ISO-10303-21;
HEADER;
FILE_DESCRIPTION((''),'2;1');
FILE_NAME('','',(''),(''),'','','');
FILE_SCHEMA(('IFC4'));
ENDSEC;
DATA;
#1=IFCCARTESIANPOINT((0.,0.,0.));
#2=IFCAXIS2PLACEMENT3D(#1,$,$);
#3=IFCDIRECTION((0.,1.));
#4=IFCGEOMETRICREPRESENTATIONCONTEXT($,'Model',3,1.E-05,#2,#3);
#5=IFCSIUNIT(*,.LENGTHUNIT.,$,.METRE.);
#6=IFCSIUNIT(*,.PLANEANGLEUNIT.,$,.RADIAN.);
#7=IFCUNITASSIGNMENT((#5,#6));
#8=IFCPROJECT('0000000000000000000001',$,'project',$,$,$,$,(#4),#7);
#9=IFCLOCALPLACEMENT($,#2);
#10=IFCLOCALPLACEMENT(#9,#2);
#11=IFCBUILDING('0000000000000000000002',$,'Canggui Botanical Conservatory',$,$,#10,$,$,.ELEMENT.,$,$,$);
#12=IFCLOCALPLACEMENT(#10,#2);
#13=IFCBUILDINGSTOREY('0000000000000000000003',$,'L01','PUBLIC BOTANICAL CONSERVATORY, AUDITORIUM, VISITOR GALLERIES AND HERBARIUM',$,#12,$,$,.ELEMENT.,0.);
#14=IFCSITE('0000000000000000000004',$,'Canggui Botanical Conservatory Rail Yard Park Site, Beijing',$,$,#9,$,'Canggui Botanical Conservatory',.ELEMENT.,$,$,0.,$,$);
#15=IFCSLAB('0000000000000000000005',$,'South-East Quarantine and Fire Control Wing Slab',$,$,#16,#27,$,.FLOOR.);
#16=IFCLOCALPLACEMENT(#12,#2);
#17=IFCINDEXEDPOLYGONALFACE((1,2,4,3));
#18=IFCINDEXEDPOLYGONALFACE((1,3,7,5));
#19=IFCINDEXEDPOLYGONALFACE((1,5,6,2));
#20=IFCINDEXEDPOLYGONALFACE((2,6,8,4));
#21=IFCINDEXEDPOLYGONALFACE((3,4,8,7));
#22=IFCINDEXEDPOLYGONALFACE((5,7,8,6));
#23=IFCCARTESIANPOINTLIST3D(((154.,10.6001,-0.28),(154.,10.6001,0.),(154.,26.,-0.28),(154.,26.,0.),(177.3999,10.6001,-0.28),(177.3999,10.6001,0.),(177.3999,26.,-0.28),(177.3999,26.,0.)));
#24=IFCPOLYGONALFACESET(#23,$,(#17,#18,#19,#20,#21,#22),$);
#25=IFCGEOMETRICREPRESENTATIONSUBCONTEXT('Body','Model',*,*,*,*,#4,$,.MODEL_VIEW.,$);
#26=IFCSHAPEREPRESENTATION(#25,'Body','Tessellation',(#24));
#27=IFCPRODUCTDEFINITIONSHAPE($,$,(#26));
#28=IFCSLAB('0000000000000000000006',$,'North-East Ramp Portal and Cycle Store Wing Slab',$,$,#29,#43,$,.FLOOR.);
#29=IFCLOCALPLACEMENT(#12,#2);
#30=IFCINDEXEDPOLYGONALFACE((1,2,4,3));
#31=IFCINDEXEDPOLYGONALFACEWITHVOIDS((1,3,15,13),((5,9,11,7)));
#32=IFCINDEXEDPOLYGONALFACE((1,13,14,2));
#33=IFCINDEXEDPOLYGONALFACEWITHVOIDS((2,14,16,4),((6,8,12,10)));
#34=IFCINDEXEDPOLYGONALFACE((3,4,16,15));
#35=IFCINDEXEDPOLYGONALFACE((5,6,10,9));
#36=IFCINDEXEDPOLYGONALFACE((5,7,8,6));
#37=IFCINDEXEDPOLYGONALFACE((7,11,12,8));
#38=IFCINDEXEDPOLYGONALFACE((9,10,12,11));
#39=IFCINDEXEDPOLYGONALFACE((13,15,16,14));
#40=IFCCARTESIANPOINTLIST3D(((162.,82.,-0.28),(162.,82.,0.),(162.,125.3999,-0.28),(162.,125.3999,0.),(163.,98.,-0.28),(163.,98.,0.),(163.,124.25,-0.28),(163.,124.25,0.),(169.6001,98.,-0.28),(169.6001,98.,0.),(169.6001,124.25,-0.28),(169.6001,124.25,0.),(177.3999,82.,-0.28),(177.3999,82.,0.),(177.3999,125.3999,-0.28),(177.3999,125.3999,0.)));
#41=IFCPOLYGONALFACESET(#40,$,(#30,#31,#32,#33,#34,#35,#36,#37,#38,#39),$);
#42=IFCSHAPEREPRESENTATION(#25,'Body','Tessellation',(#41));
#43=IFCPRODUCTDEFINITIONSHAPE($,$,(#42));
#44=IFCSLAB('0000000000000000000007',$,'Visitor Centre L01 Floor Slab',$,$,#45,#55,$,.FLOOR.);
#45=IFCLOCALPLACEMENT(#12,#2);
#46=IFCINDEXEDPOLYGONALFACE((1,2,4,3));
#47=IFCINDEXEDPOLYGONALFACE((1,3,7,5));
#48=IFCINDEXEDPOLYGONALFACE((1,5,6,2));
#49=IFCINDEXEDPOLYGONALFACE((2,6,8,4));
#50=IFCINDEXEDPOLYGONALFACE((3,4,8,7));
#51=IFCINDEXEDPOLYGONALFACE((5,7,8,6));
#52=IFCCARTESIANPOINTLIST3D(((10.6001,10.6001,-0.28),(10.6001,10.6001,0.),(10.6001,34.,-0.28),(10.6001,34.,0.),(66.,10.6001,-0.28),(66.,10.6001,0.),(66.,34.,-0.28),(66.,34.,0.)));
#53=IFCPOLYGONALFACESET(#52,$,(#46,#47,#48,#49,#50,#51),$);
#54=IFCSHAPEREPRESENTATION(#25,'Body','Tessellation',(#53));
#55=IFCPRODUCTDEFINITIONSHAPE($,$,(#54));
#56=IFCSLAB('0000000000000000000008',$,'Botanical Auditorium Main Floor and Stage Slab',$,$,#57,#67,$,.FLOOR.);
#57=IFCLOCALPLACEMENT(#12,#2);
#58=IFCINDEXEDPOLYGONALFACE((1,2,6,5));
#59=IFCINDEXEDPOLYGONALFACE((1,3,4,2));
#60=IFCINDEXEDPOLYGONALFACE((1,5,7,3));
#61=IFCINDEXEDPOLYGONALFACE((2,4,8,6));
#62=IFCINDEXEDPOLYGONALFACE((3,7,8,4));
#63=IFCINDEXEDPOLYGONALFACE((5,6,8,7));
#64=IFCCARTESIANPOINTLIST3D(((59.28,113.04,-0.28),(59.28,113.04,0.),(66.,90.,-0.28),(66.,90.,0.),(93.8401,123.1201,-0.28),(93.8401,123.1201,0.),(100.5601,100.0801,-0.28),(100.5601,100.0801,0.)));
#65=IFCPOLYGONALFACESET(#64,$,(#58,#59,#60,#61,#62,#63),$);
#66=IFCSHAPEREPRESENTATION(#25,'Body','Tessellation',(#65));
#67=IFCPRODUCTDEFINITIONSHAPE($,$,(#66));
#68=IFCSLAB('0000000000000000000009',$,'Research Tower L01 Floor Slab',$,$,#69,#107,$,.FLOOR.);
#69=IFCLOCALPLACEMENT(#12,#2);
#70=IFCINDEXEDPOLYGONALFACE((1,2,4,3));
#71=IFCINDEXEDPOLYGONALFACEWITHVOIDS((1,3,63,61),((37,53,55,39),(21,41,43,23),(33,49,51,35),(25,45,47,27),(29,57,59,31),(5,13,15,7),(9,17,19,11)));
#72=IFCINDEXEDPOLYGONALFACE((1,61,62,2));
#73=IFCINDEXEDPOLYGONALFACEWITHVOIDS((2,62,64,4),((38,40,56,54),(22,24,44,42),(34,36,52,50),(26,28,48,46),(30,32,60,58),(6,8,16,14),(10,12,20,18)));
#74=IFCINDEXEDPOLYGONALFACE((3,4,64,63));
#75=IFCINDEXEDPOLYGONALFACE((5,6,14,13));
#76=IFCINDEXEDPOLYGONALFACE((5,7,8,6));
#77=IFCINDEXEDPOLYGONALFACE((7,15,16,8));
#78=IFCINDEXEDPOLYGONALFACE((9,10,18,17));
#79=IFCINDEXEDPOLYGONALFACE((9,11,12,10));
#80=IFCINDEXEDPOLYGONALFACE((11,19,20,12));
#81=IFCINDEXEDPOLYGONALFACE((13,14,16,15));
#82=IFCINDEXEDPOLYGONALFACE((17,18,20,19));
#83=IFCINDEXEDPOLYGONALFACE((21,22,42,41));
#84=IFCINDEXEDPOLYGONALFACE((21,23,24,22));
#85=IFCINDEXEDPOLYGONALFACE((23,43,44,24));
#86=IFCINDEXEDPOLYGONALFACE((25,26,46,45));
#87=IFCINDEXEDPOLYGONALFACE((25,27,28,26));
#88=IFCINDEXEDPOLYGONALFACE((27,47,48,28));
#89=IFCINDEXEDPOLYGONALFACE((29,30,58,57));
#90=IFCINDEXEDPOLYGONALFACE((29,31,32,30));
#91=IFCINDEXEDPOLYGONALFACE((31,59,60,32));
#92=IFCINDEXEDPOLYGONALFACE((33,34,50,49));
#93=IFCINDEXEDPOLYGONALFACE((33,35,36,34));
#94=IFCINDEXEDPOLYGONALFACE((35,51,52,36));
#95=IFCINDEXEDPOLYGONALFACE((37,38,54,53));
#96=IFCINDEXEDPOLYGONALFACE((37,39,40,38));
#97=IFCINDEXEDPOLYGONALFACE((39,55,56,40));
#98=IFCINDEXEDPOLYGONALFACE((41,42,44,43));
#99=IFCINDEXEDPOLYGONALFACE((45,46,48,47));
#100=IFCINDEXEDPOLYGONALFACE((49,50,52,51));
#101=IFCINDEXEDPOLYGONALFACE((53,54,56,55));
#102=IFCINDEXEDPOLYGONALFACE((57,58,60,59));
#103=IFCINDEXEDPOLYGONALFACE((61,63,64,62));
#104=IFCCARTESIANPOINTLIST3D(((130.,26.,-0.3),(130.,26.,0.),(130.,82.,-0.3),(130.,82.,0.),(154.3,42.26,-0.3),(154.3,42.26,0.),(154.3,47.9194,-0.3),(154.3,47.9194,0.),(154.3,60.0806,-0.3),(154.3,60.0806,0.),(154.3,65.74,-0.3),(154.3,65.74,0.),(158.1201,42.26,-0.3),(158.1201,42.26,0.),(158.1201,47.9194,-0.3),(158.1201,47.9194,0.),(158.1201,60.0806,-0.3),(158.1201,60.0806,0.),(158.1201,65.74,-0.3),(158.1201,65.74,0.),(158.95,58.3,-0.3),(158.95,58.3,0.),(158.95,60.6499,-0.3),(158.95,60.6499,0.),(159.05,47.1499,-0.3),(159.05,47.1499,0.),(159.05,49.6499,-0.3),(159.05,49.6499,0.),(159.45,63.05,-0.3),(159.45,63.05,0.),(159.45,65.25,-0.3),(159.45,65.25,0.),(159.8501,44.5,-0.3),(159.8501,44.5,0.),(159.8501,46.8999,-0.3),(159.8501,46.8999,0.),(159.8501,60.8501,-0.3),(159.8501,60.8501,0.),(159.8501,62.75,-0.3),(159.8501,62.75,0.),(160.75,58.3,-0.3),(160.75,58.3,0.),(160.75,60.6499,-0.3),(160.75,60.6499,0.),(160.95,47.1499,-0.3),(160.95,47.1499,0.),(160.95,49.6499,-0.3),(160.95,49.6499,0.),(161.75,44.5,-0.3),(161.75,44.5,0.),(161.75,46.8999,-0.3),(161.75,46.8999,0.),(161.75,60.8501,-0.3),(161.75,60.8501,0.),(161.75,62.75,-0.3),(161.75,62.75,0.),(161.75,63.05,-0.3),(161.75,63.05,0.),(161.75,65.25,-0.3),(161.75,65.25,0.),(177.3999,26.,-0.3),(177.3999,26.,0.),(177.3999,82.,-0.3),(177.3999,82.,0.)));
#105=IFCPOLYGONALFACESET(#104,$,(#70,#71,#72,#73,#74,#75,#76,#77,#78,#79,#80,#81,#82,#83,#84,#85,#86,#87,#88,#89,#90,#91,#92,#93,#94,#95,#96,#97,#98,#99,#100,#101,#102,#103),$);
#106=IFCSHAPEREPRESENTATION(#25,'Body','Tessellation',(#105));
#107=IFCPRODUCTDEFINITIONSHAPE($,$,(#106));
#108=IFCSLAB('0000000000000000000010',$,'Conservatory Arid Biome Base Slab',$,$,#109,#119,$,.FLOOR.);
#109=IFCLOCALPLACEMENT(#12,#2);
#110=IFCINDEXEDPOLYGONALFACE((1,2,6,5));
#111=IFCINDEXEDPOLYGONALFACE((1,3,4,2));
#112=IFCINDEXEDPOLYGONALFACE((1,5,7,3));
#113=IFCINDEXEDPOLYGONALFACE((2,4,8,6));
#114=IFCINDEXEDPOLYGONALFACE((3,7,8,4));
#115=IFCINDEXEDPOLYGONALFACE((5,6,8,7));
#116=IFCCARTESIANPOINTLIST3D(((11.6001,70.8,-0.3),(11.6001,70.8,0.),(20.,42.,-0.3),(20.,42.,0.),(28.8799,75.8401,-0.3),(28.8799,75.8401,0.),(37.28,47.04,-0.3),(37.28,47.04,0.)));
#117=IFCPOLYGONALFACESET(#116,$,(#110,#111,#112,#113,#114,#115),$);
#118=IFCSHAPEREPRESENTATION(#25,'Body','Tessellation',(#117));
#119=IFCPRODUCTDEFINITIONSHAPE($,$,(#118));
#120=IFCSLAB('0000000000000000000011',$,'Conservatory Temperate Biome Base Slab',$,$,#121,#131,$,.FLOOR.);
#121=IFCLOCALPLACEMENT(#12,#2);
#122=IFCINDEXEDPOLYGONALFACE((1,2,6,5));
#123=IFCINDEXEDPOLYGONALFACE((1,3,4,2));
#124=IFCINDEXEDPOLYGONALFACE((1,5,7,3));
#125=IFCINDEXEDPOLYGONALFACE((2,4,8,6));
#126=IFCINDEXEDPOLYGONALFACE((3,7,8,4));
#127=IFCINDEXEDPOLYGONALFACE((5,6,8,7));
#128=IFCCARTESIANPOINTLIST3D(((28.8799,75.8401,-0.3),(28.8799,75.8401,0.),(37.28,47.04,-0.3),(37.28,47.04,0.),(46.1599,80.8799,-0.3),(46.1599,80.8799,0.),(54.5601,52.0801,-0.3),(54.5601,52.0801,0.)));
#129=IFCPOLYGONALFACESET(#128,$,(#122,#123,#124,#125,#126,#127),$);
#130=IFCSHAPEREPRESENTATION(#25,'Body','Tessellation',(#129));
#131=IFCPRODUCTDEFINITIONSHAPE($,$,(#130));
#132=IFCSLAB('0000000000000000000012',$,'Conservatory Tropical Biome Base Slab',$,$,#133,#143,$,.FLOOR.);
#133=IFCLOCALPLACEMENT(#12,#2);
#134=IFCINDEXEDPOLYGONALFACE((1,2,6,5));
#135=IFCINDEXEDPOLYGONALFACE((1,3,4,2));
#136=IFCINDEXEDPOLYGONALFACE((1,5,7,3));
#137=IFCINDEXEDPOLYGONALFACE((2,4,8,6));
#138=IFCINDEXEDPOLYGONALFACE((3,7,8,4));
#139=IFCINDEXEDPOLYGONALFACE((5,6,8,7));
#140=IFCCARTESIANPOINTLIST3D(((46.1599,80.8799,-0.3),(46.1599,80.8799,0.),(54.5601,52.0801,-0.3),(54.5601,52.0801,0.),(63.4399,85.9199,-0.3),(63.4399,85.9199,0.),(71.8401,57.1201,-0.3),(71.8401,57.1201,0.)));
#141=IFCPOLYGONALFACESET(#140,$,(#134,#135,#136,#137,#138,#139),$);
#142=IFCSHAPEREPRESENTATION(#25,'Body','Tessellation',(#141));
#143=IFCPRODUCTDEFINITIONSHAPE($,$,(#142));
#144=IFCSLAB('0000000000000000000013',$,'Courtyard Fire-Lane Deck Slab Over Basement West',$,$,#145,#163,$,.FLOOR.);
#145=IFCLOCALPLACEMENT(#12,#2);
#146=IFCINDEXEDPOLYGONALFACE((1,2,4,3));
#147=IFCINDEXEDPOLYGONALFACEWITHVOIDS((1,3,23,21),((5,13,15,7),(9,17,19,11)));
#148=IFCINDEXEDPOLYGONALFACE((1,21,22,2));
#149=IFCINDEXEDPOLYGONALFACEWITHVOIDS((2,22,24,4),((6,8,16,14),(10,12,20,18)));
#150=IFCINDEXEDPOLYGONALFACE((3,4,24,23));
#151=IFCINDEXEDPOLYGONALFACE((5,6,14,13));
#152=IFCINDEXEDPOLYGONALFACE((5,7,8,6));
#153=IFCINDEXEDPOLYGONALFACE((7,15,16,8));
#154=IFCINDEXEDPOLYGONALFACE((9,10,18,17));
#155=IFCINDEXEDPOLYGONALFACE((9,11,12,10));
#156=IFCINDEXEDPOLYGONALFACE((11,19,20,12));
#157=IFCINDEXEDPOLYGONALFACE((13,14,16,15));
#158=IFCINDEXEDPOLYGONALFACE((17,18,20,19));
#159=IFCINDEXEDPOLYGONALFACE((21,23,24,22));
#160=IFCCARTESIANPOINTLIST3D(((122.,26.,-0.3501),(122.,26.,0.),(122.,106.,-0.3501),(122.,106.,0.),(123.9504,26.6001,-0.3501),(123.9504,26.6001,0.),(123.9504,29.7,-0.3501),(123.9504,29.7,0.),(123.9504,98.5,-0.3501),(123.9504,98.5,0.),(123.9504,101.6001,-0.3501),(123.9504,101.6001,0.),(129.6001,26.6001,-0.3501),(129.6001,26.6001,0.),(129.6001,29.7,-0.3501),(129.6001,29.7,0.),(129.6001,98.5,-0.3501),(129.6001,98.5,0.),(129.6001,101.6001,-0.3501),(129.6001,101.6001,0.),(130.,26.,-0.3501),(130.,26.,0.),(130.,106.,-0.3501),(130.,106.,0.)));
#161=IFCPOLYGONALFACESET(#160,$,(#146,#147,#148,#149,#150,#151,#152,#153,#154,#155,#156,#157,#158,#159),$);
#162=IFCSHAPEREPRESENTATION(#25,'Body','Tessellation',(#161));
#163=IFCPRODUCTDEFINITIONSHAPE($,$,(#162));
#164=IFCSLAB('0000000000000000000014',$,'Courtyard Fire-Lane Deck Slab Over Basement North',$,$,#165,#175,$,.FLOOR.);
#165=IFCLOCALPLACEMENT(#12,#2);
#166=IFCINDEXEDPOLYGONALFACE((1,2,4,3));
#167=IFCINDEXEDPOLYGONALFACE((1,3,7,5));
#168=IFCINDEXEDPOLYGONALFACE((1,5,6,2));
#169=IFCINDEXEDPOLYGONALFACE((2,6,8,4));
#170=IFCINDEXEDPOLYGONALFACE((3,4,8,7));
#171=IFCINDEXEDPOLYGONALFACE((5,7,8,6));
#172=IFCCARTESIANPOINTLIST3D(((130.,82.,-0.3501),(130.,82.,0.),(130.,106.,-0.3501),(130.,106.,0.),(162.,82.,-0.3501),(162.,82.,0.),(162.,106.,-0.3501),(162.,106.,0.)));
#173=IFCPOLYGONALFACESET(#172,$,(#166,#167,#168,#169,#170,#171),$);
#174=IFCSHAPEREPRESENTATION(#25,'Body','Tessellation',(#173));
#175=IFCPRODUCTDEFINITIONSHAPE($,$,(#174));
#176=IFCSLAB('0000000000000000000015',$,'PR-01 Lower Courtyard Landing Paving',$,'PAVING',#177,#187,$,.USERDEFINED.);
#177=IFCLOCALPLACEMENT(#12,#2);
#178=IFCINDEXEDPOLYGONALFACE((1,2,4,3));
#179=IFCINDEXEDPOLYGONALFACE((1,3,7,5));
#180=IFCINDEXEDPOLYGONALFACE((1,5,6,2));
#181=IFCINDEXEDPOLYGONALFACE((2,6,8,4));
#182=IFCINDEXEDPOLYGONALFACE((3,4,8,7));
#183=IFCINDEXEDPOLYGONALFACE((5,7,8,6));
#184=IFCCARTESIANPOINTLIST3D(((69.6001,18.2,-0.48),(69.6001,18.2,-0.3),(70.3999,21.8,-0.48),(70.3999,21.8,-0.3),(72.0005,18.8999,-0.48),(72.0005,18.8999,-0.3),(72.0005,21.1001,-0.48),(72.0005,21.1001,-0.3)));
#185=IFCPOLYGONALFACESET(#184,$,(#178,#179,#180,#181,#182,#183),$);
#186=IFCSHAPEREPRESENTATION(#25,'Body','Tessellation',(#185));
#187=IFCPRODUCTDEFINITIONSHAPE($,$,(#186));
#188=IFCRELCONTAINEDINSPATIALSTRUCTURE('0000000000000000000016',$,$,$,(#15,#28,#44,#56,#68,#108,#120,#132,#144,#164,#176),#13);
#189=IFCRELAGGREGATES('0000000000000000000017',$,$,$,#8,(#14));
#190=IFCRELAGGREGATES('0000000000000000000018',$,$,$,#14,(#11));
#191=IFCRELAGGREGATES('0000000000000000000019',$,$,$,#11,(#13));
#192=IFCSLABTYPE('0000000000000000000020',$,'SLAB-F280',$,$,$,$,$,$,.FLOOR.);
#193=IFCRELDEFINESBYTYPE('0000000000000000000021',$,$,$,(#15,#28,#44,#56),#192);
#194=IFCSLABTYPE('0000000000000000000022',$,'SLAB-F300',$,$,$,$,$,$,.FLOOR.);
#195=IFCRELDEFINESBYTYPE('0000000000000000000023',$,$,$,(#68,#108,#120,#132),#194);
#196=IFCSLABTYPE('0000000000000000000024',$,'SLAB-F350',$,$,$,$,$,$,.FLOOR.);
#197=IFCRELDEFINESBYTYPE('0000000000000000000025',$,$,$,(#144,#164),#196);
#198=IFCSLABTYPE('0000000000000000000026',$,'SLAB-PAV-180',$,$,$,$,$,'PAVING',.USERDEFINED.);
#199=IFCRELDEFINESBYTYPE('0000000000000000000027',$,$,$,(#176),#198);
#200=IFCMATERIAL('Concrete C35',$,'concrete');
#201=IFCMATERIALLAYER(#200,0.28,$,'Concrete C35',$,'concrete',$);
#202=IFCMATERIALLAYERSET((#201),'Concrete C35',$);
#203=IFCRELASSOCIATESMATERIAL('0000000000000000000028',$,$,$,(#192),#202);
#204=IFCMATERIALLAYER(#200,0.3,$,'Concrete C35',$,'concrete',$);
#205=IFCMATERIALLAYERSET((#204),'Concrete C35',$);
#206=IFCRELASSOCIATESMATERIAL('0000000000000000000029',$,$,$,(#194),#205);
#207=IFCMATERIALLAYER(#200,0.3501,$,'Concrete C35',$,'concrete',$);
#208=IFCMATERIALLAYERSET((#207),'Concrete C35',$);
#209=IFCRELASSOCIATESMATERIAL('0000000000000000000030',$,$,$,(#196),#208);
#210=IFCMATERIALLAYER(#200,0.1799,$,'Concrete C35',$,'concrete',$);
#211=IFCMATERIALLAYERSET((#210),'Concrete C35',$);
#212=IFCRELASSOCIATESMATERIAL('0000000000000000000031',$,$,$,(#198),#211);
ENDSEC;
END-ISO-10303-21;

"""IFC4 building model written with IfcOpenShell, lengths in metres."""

from ifc_helpers import new_model, si_unit, direction, frame, origin, place, context, subcontext, project, spatial, polyline, outline, extrude, material, layer, layer_set, type_object, element, save


model = new_model("IFC4")

# Units and contexts
model_context = context("Model", 3, precision=1e-05, world=origin(), true_north=direction((0.0, 1.0)))
body_context = subcontext(model_context, "Body", "Model", "MODEL_VIEW")
ifc_project = project(units=[si_unit("LENGTHUNIT", "METRE"), si_unit("PLANEANGLEUNIT", "RADIAN")], contexts=[model_context])

# Site, building, storey
site_placement = place(None, origin())
site = spatial("IfcSite", under=ifc_project, at=site_placement, Name="Canggui Botanical Conservatory Rail Yard Park Site, Beijing", LongName="Canggui Botanical Conservatory", CompositionType="ELEMENT", RefElevation=0.0)
building_placement = place(site_placement, origin())
building = spatial("IfcBuilding", under=site, at=building_placement, Name="Canggui Botanical Conservatory", CompositionType="ELEMENT")
storey_placement = place(building_placement, origin())
storey = spatial("IfcBuildingStorey", under=building, at=storey_placement, Name="L01", Description="PUBLIC BOTANICAL CONSERVATORY, AUDITORIUM, VISITOR GALLERIES AND HERBARIUM", CompositionType="ELEMENT", Elevation=0.0)

# Slabs
ifc_material = material(Name="Concrete C35", Category="concrete")
ifc_layer_1 = layer(ifc_material, 0.28, Name="Concrete C35", Category="concrete")
ifc_layer_set_1 = layer_set([ifc_layer_1], Name="Concrete C35")
slab_type_1 = type_object("IfcSlabType", Name="SLAB-F280", PredefinedType="FLOOR", material=ifc_layer_set_1)
slab_1_placement = place(storey_placement, frame((0.0, 0.0, -0.28)))
element("IfcSlab", 1, at=slab_1_placement, inside=storey, type_object=slab_type_1, Name="South-East Quarantine and Fire Control Wing Slab", PredefinedType="FLOOR", context=body_context, shape_type="SweptSolid", body=[
    extrude(outline(polyline([(154.0, 10.6001), (177.3999, 10.6001), (177.3999, 26.0), (154.0, 26.0), (154.0, 10.6001)])), origin(), (0.0, 0.0, 1.0), 0.28),
])
slab_2_placement = place(storey_placement, frame((0.0, 0.0, -0.28)))
element("IfcSlab", 2, at=slab_2_placement, inside=storey, type_object=slab_type_1, Name="North-East Ramp Portal and Cycle Store Wing Slab", PredefinedType="FLOOR", context=body_context, shape_type="SweptSolid", body=[
    extrude(outline(polyline([(162.0, 82.0), (177.3999, 82.0), (177.3999, 125.3999), (162.0, 125.3999), (162.0, 82.0)]), holes=[polyline([(163.0, 98.0), (169.6001, 98.0), (169.6001, 124.25), (163.0, 124.25), (163.0, 98.0)])]), origin(), (0.0, 0.0, 1.0), 0.28),
])
slab_3_placement = place(storey_placement, frame((0.0, 0.0, -0.28)))
element("IfcSlab", 3, at=slab_3_placement, inside=storey, type_object=slab_type_1, Name="Visitor Centre L01 Floor Slab", PredefinedType="FLOOR", context=body_context, shape_type="SweptSolid", body=[
    extrude(outline(polyline([(10.6001, 10.6001), (66.0, 10.6001), (66.0, 34.0), (10.6001, 34.0), (10.6001, 10.6001)])), origin(), (0.0, 0.0, 1.0), 0.28),
])
slab_4_placement = place(storey_placement, frame((0.0, 0.0, -0.28)))
element("IfcSlab", 4, at=slab_4_placement, inside=storey, type_object=slab_type_1, Name="Botanical Auditorium Main Floor and Stage Slab", PredefinedType="FLOOR", context=body_context, shape_type="SweptSolid", body=[
    extrude(outline(polyline([(66.0, 90.0), (100.5601, 100.0801), (93.8401, 123.1201), (59.28, 113.04), (66.0, 90.0)])), origin(), (0.0, 0.0, 1.0), 0.28),
])
ifc_layer_2 = layer(ifc_material, 0.3, Name="Concrete C35", Category="concrete")
ifc_layer_set_2 = layer_set([ifc_layer_2], Name="Concrete C35")
slab_type_2 = type_object("IfcSlabType", Name="SLAB-F300", PredefinedType="FLOOR", material=ifc_layer_set_2)
slab_5_placement = place(storey_placement, frame((0.0, 0.0, -0.3)))
element("IfcSlab", 5, at=slab_5_placement, inside=storey, type_object=slab_type_2, Name="Research Tower L01 Floor Slab", PredefinedType="FLOOR", context=body_context, shape_type="SweptSolid", body=[
    extrude(outline(polyline([(130.0, 26.0), (177.3999, 26.0), (177.3999, 82.0), (130.0, 82.0), (130.0, 26.0)]), holes=[polyline([(154.3, 47.9194), (154.3, 42.26), (158.1201, 42.26), (158.1201, 47.9194), (154.3, 47.9194)]), polyline([(158.1201, 60.0806), (158.1201, 65.74), (154.3, 65.74), (154.3, 60.0806), (158.1201, 60.0806)]), polyline([(159.05, 47.1499), (160.95, 47.1499), (160.95, 49.6499), (159.05, 49.6499), (159.05, 47.1499)]), polyline([(159.8501, 44.5), (161.75, 44.5), (161.75, 46.8999), (159.8501, 46.8999), (159.8501, 44.5)]), polyline([(158.95, 58.3), (160.75, 58.3), (160.75, 60.6499), (158.95, 60.6499), (158.95, 58.3)]), polyline([(159.8501, 60.8501), (161.75, 60.8501), (161.75, 62.75), (159.8501, 62.75), (159.8501, 60.8501)]), polyline([(159.45, 63.05), (161.75, 63.05), (161.75, 65.25), (159.45, 65.25), (159.45, 63.05)])]), origin(), (0.0, 0.0, 1.0), 0.3),
])
slab_6_placement = place(storey_placement, frame((0.0, 0.0, -0.3)))
element("IfcSlab", 6, at=slab_6_placement, inside=storey, type_object=slab_type_2, Name="Conservatory Arid Biome Base Slab", PredefinedType="FLOOR", context=body_context, shape_type="SweptSolid", body=[
    extrude(outline(polyline([(20.0, 42.0), (37.28, 47.04), (28.8799, 75.8401), (11.6001, 70.8), (20.0, 42.0)])), origin(), (0.0, 0.0, 1.0), 0.3),
])
slab_7_placement = place(storey_placement, frame((0.0, 0.0, -0.3)))
element("IfcSlab", 7, at=slab_7_placement, inside=storey, type_object=slab_type_2, Name="Conservatory Temperate Biome Base Slab", PredefinedType="FLOOR", context=body_context, shape_type="SweptSolid", body=[
    extrude(outline(polyline([(37.28, 47.04), (54.5601, 52.0801), (46.1599, 80.8799), (28.8799, 75.8401), (37.28, 47.04)])), origin(), (0.0, 0.0, 1.0), 0.3),
])
slab_8_placement = place(storey_placement, frame((0.0, 0.0, -0.3)))
element("IfcSlab", 8, at=slab_8_placement, inside=storey, type_object=slab_type_2, Name="Conservatory Tropical Biome Base Slab", PredefinedType="FLOOR", context=body_context, shape_type="SweptSolid", body=[
    extrude(outline(polyline([(54.5601, 52.0801), (71.8401, 57.1201), (63.4399, 85.9199), (46.1599, 80.8799), (54.5601, 52.0801)])), origin(), (0.0, 0.0, 1.0), 0.3),
])
ifc_layer_3 = layer(ifc_material, 0.3501, Name="Concrete C35", Category="concrete")
ifc_layer_set_3 = layer_set([ifc_layer_3], Name="Concrete C35")
slab_type_3 = type_object("IfcSlabType", Name="SLAB-F350", PredefinedType="FLOOR", material=ifc_layer_set_3)
slab_9_placement = place(storey_placement, frame((0.0, 0.0, -0.3501)))
element("IfcSlab", 9, at=slab_9_placement, inside=storey, type_object=slab_type_3, Name="Courtyard Fire-Lane Deck Slab Over Basement West", PredefinedType="FLOOR", context=body_context, shape_type="SweptSolid", body=[
    extrude(outline(polyline([(122.0, 26.0), (130.0, 26.0), (130.0, 106.0), (122.0, 106.0), (122.0, 26.0)]), holes=[polyline([(123.9504, 26.6001), (129.6001, 26.6001), (129.6001, 29.7), (123.9504, 29.7), (123.9504, 26.6001)]), polyline([(123.9504, 98.5), (129.6001, 98.5), (129.6001, 101.6001), (123.9504, 101.6001), (123.9504, 98.5)])]), origin(), (0.0, 0.0, 1.0), 0.3501),
])
slab_10_placement = place(storey_placement, frame((0.0, 0.0, -0.3501)))
element("IfcSlab", 10, at=slab_10_placement, inside=storey, type_object=slab_type_3, Name="Courtyard Fire-Lane Deck Slab Over Basement North", PredefinedType="FLOOR", context=body_context, shape_type="SweptSolid", body=[
    extrude(outline(polyline([(130.0, 82.0), (162.0, 82.0), (162.0, 106.0), (130.0, 106.0), (130.0, 82.0)])), origin(), (0.0, 0.0, 1.0), 0.3501),
])
ifc_layer_4 = layer(ifc_material, 0.1799, Name="Concrete C35", Category="concrete")
ifc_layer_set_4 = layer_set([ifc_layer_4], Name="Concrete C35")
slab_type_4 = type_object("IfcSlabType", Name="SLAB-PAV-180", ElementType="PAVING", PredefinedType="USERDEFINED", material=ifc_layer_set_4)
slab_11_placement = place(storey_placement, frame((0.0, 0.0, -0.48)))
element("IfcSlab", 11, at=slab_11_placement, inside=storey, type_object=slab_type_4, Name="PR-01 Lower Courtyard Landing Paving", ObjectType="PAVING", PredefinedType="USERDEFINED", context=body_context, shape_type="SweptSolid", body=[
    extrude(outline(polyline([(69.6001, 18.2), (72.0005, 18.8999), (72.0005, 21.1001), (70.3999, 21.8), (69.6001, 18.2)])), origin(), (0.0, 0.0, 1.0), 0.1799),
])

save(model, "model.ifc")
